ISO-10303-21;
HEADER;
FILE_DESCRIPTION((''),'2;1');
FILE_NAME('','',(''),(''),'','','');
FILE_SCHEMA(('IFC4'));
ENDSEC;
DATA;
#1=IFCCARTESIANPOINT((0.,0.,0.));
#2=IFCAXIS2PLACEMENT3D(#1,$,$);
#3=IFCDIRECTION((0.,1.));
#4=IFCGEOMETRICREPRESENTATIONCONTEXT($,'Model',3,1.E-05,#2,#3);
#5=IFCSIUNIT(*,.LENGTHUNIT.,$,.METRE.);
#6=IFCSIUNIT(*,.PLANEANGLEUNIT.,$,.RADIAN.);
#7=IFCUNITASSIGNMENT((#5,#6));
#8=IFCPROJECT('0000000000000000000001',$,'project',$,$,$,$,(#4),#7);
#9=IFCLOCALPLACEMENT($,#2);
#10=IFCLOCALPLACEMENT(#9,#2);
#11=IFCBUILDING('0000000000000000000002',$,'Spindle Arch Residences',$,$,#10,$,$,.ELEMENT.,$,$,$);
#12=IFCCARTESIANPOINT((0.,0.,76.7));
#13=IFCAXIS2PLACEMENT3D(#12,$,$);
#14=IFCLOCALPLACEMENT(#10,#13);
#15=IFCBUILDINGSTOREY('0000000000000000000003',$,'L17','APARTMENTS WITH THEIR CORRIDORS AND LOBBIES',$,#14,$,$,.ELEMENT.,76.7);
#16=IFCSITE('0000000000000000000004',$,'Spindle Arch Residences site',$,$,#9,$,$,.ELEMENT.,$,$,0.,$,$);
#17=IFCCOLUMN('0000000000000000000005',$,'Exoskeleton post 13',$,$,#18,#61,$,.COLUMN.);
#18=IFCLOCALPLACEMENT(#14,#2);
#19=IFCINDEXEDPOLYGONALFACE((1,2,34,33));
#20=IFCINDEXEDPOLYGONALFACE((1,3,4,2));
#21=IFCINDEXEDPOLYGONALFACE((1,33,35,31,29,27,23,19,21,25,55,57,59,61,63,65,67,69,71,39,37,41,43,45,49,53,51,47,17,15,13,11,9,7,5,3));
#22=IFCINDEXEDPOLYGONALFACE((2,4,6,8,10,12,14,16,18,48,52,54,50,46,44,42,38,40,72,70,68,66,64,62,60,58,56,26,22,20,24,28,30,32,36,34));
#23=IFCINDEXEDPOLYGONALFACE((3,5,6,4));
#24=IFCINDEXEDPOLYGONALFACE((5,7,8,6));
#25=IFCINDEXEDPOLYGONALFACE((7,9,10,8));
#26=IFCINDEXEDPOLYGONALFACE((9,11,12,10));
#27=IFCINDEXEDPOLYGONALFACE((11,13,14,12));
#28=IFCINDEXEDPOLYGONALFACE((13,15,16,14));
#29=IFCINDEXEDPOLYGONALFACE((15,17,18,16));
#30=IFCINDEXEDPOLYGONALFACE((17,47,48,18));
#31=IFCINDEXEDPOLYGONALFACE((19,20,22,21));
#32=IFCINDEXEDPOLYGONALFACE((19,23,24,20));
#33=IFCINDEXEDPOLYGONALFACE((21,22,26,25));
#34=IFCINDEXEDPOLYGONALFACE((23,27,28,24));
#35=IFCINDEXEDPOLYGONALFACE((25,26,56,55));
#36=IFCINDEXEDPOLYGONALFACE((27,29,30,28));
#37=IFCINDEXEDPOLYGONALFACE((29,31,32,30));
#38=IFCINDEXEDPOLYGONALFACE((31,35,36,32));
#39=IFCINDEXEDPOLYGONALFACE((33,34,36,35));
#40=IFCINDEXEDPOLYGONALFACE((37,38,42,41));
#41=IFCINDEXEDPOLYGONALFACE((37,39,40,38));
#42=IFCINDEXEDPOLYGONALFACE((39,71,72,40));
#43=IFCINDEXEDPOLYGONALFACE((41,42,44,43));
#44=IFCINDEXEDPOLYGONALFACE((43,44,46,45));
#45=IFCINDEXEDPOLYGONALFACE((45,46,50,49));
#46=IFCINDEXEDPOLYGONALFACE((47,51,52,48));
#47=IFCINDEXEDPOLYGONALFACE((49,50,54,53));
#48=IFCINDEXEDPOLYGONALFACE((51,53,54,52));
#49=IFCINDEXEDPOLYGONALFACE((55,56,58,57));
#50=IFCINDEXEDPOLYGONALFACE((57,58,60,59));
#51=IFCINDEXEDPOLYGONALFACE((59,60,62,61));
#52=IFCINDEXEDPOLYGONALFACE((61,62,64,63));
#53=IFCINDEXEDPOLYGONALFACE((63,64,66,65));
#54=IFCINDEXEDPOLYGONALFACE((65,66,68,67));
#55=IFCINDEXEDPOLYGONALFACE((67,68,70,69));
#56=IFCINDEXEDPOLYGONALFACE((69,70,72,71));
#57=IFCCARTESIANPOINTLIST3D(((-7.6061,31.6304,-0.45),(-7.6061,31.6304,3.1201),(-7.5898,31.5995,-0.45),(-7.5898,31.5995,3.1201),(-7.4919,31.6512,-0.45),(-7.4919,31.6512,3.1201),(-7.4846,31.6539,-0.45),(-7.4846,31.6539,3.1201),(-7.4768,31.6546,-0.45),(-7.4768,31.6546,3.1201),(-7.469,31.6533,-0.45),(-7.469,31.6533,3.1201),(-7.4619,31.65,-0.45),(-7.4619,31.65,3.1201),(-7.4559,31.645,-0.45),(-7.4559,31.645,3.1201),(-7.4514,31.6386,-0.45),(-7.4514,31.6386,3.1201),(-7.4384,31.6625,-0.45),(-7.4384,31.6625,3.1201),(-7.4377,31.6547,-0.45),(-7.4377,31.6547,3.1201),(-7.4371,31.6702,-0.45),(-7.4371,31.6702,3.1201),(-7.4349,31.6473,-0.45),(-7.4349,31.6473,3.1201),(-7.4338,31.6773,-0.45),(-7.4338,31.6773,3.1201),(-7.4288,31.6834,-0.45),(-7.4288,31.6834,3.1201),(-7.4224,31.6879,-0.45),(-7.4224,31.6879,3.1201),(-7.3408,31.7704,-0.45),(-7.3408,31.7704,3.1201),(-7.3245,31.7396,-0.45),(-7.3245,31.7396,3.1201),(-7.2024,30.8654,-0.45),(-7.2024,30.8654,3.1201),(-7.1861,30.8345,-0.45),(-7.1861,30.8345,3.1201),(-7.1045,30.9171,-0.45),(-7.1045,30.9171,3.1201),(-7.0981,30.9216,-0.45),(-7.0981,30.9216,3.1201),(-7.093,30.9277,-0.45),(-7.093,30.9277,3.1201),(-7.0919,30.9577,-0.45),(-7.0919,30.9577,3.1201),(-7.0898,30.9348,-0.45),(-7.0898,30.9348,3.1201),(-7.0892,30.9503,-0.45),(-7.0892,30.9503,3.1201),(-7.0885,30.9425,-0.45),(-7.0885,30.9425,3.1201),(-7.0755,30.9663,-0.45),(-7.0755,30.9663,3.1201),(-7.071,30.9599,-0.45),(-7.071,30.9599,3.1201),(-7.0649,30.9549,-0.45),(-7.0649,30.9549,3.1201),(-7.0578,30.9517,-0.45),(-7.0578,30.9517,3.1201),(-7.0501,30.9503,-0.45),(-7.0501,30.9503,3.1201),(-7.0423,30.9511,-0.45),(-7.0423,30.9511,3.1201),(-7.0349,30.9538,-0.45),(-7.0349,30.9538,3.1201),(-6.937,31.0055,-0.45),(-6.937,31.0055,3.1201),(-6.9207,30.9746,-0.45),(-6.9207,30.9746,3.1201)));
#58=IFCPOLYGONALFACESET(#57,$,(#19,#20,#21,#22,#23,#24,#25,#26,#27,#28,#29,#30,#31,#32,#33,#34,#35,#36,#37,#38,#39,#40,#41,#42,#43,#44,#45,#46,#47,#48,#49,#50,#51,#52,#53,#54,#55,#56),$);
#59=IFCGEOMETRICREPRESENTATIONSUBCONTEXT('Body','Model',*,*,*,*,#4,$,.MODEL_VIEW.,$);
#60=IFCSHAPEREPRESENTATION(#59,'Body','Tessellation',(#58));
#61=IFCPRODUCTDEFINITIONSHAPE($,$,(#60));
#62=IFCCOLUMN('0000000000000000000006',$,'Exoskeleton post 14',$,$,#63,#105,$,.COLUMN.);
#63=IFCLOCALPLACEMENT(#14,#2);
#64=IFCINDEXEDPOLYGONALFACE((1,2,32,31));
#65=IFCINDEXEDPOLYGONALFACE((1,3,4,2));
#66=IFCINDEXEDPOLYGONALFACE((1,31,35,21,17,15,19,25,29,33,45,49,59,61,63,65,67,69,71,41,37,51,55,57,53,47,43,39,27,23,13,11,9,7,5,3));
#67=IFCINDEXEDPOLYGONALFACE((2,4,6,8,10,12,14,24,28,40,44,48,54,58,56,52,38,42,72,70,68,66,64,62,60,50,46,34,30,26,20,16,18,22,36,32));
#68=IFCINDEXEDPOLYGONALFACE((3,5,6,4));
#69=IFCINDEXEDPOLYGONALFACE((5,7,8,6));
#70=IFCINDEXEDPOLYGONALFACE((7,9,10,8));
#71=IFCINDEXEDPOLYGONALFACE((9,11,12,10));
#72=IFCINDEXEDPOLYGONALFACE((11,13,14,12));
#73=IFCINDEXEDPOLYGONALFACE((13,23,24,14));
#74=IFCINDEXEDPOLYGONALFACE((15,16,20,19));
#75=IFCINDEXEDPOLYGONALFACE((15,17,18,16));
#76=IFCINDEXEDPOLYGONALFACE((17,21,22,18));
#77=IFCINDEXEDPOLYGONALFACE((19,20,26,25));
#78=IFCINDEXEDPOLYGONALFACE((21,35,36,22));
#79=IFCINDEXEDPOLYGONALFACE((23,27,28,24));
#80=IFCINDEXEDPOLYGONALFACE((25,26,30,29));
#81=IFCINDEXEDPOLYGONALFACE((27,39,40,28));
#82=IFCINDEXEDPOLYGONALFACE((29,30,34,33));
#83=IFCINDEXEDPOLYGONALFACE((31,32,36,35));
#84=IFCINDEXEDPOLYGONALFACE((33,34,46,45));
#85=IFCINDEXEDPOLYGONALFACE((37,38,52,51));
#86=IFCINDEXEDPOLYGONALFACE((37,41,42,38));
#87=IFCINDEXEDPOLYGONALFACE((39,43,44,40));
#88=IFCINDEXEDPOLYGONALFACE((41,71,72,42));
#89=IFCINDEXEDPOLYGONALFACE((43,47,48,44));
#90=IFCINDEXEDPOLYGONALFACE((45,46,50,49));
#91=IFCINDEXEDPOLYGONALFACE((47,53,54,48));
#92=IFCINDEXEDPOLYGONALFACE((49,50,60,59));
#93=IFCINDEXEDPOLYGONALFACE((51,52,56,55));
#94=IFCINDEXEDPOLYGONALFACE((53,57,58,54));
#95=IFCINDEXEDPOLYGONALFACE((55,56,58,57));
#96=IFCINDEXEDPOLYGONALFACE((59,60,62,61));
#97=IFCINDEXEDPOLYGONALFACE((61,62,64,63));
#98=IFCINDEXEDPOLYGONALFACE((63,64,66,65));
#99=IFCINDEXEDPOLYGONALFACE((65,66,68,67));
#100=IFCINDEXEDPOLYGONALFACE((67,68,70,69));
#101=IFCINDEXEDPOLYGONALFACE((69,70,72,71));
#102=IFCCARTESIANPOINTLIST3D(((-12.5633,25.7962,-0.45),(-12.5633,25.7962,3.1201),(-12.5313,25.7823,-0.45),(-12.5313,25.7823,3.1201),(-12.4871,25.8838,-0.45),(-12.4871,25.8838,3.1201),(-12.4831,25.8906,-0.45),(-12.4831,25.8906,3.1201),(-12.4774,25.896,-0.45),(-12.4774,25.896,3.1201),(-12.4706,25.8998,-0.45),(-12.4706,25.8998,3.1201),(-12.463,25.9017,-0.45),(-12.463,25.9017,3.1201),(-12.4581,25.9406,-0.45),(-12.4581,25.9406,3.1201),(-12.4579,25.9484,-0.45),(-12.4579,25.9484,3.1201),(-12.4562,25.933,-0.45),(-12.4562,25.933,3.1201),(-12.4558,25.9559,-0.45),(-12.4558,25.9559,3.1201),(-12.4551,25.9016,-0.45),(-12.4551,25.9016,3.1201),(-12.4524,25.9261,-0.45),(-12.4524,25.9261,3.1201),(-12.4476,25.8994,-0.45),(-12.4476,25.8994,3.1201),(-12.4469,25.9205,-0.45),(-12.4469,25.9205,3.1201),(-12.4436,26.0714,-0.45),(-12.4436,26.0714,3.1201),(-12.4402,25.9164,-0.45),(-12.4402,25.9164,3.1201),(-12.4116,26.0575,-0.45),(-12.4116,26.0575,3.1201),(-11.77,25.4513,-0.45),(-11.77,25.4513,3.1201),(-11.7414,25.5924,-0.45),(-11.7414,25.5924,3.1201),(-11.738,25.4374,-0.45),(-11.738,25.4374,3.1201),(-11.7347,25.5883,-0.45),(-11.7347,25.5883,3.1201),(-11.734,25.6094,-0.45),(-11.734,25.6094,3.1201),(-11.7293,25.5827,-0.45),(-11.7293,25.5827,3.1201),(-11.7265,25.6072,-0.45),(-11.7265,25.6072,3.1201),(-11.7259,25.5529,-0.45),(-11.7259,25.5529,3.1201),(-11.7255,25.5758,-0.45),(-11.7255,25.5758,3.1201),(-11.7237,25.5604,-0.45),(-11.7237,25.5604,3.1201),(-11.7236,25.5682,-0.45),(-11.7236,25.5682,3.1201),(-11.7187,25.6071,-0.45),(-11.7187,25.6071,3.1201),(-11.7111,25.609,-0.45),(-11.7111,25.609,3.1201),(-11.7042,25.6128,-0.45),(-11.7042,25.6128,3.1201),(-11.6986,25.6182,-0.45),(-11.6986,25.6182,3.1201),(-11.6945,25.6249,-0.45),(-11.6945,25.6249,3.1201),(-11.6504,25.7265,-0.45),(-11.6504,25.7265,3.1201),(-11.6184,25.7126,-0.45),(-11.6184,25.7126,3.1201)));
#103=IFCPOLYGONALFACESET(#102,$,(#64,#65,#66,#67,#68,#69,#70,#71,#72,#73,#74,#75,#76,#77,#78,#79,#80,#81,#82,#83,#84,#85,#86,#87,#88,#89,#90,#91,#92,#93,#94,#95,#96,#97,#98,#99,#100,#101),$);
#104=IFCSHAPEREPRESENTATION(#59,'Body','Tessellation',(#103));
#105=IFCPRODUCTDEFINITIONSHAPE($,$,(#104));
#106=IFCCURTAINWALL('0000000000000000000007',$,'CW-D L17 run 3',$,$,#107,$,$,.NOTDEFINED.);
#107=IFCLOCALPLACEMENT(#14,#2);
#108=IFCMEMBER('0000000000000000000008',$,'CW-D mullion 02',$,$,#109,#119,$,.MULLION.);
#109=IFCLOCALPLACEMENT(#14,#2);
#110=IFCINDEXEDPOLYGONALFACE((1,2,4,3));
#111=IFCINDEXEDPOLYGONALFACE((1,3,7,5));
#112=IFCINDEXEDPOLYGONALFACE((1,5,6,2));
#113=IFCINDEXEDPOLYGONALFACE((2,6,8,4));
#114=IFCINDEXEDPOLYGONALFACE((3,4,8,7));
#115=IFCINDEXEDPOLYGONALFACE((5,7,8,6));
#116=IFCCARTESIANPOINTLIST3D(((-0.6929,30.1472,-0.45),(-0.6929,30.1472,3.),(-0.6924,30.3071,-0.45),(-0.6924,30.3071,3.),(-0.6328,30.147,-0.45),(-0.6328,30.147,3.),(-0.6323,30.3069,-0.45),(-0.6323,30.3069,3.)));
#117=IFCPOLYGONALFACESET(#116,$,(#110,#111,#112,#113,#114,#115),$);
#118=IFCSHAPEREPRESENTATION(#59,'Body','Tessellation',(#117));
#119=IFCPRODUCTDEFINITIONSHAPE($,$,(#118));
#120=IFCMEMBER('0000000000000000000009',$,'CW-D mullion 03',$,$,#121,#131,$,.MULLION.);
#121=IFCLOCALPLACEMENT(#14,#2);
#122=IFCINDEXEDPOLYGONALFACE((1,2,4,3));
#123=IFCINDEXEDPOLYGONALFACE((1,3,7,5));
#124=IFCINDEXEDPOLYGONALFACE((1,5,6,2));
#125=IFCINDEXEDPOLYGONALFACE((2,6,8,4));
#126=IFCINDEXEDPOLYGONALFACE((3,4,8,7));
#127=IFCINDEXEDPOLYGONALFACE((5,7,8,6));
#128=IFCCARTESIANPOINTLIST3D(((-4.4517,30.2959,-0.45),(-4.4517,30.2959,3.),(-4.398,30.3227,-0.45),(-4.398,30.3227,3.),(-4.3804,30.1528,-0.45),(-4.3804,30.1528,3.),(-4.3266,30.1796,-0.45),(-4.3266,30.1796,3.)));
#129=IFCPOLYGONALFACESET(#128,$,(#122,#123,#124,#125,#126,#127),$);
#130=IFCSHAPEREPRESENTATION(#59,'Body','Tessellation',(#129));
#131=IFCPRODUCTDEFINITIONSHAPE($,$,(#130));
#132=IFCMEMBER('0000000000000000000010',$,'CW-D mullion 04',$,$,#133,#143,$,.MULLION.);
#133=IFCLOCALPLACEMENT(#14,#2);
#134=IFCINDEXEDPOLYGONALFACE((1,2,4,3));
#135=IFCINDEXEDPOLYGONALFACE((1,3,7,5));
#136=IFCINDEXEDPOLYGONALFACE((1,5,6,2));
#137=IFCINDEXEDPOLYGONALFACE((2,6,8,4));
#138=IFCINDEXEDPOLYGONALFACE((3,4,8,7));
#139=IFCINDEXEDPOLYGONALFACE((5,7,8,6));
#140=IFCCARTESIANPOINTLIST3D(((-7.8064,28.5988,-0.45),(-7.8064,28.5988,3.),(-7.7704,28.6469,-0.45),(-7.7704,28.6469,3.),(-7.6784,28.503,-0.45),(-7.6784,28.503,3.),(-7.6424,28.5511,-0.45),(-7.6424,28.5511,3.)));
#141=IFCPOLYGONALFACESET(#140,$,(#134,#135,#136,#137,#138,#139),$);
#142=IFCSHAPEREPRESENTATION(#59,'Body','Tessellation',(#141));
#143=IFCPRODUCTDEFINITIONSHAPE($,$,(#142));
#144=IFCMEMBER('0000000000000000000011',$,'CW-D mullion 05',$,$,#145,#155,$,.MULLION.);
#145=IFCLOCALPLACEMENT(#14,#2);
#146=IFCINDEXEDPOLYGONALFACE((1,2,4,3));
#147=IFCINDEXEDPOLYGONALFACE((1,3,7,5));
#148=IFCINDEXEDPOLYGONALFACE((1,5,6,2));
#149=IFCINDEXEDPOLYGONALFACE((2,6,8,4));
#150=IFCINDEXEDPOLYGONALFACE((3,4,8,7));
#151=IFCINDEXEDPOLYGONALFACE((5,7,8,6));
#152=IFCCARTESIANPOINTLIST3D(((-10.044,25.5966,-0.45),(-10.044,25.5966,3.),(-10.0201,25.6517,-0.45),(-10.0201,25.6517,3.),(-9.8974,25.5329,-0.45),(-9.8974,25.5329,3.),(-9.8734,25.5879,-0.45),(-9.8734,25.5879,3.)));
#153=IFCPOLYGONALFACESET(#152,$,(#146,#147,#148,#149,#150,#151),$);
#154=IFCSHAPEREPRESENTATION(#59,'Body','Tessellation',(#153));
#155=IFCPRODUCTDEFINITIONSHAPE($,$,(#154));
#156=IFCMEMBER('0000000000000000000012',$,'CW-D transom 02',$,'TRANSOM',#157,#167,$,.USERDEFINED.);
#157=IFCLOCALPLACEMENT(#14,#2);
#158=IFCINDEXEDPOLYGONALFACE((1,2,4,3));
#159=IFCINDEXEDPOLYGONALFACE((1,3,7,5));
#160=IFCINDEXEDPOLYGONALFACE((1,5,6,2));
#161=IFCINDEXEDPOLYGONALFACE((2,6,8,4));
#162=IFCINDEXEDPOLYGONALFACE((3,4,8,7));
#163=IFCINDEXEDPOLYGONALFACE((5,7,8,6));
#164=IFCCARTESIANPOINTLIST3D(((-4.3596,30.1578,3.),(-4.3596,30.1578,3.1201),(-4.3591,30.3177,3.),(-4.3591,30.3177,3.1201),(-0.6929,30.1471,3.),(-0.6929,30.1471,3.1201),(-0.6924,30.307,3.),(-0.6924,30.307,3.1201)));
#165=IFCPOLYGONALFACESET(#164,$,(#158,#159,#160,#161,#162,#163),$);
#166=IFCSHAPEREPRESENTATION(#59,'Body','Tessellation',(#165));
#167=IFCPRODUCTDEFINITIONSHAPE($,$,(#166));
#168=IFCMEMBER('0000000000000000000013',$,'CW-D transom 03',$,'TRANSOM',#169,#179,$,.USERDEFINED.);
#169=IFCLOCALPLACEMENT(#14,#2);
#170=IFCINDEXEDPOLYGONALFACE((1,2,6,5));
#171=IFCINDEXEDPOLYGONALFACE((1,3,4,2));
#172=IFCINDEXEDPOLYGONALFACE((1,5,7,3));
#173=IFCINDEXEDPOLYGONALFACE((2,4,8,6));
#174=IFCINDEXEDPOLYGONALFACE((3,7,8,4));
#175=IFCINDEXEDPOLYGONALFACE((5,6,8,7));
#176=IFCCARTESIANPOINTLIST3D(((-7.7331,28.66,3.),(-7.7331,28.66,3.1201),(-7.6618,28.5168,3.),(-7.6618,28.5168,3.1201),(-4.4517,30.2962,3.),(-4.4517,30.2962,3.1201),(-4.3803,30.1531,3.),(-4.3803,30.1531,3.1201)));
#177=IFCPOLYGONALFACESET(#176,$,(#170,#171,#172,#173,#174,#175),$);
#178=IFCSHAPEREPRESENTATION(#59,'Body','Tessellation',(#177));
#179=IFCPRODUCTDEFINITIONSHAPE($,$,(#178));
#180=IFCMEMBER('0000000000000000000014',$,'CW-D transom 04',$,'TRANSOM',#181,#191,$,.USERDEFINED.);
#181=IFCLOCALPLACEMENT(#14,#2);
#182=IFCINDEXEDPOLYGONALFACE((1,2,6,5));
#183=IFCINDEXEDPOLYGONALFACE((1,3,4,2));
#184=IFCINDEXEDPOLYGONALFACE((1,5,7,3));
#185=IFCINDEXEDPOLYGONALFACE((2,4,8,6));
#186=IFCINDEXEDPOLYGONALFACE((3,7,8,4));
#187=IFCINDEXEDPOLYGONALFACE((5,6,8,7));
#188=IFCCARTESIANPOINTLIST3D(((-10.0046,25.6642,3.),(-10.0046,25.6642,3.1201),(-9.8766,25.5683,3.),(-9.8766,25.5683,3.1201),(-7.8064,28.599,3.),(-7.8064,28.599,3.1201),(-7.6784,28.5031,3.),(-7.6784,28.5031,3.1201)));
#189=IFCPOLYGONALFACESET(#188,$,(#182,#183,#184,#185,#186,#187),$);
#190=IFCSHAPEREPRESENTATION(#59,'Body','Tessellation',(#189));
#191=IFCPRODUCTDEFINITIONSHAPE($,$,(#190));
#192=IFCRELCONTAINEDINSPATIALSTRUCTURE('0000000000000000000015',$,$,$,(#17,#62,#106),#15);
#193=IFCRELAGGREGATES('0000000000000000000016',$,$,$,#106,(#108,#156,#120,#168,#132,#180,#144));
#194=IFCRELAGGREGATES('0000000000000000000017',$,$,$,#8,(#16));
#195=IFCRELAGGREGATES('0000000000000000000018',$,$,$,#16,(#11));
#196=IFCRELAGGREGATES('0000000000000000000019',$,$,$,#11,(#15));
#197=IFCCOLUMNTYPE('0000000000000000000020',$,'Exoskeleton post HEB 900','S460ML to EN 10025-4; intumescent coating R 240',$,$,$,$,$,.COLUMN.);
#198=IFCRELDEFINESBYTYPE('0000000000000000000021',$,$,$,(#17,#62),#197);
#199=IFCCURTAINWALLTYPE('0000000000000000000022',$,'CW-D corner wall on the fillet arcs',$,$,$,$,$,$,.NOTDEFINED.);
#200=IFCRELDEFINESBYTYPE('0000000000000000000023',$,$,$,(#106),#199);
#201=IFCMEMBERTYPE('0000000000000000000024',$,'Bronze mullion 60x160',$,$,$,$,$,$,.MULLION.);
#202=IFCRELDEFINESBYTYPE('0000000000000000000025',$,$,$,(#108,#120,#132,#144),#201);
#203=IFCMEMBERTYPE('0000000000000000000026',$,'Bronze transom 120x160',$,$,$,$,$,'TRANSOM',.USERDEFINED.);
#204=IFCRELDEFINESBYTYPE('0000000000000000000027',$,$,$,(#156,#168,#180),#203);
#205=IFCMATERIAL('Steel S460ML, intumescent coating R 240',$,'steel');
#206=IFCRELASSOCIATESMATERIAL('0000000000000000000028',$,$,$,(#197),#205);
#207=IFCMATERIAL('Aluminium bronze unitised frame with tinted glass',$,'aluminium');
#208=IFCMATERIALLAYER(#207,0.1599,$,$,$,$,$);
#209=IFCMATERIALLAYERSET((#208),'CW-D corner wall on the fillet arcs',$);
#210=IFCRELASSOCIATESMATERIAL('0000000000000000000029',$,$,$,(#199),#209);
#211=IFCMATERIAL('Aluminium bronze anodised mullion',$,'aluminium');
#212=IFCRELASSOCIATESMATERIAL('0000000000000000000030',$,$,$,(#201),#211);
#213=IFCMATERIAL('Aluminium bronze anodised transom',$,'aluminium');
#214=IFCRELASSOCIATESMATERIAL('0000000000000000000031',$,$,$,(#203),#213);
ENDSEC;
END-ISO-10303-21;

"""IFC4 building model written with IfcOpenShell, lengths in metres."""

from ifc_helpers import new_model, si_unit, direction, frame, origin, origin_2d, place, context, subcontext, project, spatial, rectangle, i_section, extrude, material, layer, layer_set, material_profile, profile_set, type_object, element, aggregate, save


model = new_model("IFC4")

# Units and contexts
model_context = context("Model", 3, precision=1e-05, world=origin(), true_north=direction((0.0, 1.0)))
body_context = subcontext(model_context, "Body", "Model", "MODEL_VIEW")
ifc_project = project(units=[si_unit("LENGTHUNIT", "METRE"), si_unit("PLANEANGLEUNIT", "RADIAN")], contexts=[model_context])

# Site, building, storey
site_placement = place(None, origin())
site = spatial("IfcSite", under=ifc_project, at=site_placement, Name="Spindle Arch Residences site", CompositionType="ELEMENT", RefElevation=0.0)
building_placement = place(site_placement, origin())
building = spatial("IfcBuilding", under=site, at=building_placement, Name="Spindle Arch Residences", CompositionType="ELEMENT")
storey_placement = place(building_placement, frame((0.0, 0.0, 76.7)))
storey = spatial("IfcBuildingStorey", under=building, at=storey_placement, Name="L17", Description="APARTMENTS WITH THEIR CORRIDORS AND LOBBIES", CompositionType="ELEMENT", Elevation=76.7)

# Columns
ifc_material_1 = material(Name="Steel S460ML, intumescent coating R 240", Category="steel")
ifc_material_profile_1 = material_profile(ifc_material_1, i_section(OverallWidth=0.3, OverallDepth=0.8999, WebThickness=0.0186, FlangeThickness=0.0349, FilletRadius=0.03, at=origin_2d()), Name="HEB 900")
ifc_profile_set_1 = profile_set([ifc_material_profile_1], Name="Steel S460ML, intumescent coating R 240")
column_type = type_object("IfcColumnType", Name="Exoskeleton post HEB 900", Description="S460ML to EN 10025-4; intumescent coating R 240", PredefinedType="COLUMN", material=ifc_profile_set_1)
for number, where, z_axis, x_axis, name in (
    (1, (-7.2634, 31.3025, -0.45), (0.0, 0.0, 1.0), (0.884365, 0.466797, 0.0), "Exoskeleton post 13"),
    (2, (-12.0908, 25.7544, -0.45), (0.0, 0.0, 1.0), (0.398749, 0.91706, 0.0), "Exoskeleton post 14"),
):
    element("IfcColumn", number, at=place(storey_placement, frame(where, z_axis=z_axis, x_axis=x_axis)), inside=storey, type_object=column_type, Name=name, PredefinedType="COLUMN", context=body_context, shape_type="SweptSolid", body=[
        extrude(i_section(OverallWidth=0.3, OverallDepth=0.8999, WebThickness=0.0186, FlangeThickness=0.0349, FilletRadius=0.03, at=origin_2d()), origin(), (0.0, 0.0, 1.0), 3.5701),
    ])

# Curtain wall, members
ifc_material_2 = material(Name="Aluminium bronze unitised frame with tinted glass", Category="aluminium")
ifc_layer_1 = layer(ifc_material_2, 0.1599)
ifc_layer_set_1 = layer_set([ifc_layer_1], Name="CW-D corner wall on the fillet arcs")
curtain_wall_type = type_object("IfcCurtainWallType", Name="CW-D corner wall on the fillet arcs", PredefinedType="NOTDEFINED", material=ifc_layer_set_1)
curtain_wall_placement = place(storey_placement, origin())
curtain_wall = element("IfcCurtainWall", 3, at=curtain_wall_placement, inside=storey, type_object=curtain_wall_type, Name="CW-D L17 run 3", PredefinedType="NOTDEFINED")
ifc_material_3 = material(Name="Aluminium bronze anodised mullion", Category="aluminium")
ifc_material_profile_2 = material_profile(ifc_material_3, rectangle(XDim=0.1599, YDim=0.0601, at=origin_2d()), Name="MU 60x160")
ifc_profile_set_2 = profile_set([ifc_material_profile_2], Name="Aluminium bronze anodised mullion")
member_type_1 = type_object("IfcMemberType", Name="Bronze mullion 60x160", PredefinedType="MULLION", material=ifc_profile_set_2)
member_1_placement = place(storey_placement, frame((-0.6626, 30.2271, -0.45), z_axis=(0.0, 0.0, 1.0), x_axis=(-0.002909, -0.999996, 0.0)))
member_1 = element("IfcMember", 4, at=member_1_placement, type_object=member_type_1, Name="CW-D mullion 02", PredefinedType="MULLION", context=body_context, shape_type="SweptSolid", body=[
    extrude(rectangle(XDim=0.1599, YDim=0.0601, at=origin_2d()), origin(), (0.0, 0.0, 1.0), 3.45),
])
member_2_placement = place(storey_placement, frame((-4.3892, 30.2378, -0.45), z_axis=(0.0, 0.0, 1.0), x_axis=(0.446198, -0.894934, 0.0)))
member_2 = element("IfcMember", 5, at=member_2_placement, type_object=member_type_1, Name="CW-D mullion 03", PredefinedType="MULLION", context=body_context, shape_type="SweptSolid", body=[
    extrude(rectangle(XDim=0.1599, YDim=0.0601, at=origin_2d()), origin(), (0.0, 0.0, 1.0), 3.45),
])
member_3_placement = place(storey_placement, frame((-7.7244, 28.575, -0.45), z_axis=(0.0, 0.0, 1.0), x_axis=(0.800383, -0.599489, 0.0)))
member_3 = element("IfcMember", 6, at=member_3_placement, type_object=member_type_1, Name="CW-D mullion 04", PredefinedType="MULLION", context=body_context, shape_type="SweptSolid", body=[
    extrude(rectangle(XDim=0.1599, YDim=0.0601, at=origin_2d()), origin(), (0.0, 0.0, 1.0), 3.45),
])
member_4_placement = place(storey_placement, frame((-9.9587, 25.5923, -0.45), z_axis=(0.0, 0.0, 1.0), x_axis=(0.91706, -0.398749, 0.0)))
member_4 = element("IfcMember", 7, at=member_4_placement, type_object=member_type_1, Name="CW-D mullion 05", PredefinedType="MULLION", context=body_context, shape_type="SweptSolid", body=[
    extrude(rectangle(XDim=0.1599, YDim=0.0601, at=origin_2d()), origin(), (0.0, 0.0, 1.0), 3.45),
])
ifc_material_4 = material(Name="Aluminium bronze anodised transom", Category="aluminium")
ifc_material_profile_3 = material_profile(ifc_material_4, rectangle(XDim=0.1599, YDim=0.1201, at=origin_2d()), Name="TR 120x160")
ifc_profile_set_3 = profile_set([ifc_material_profile_3], Name="Aluminium bronze anodised transom")
member_type_2 = type_object("IfcMemberType", Name="Bronze transom 120x160", ElementType="TRANSOM", PredefinedType="USERDEFINED", material=ifc_profile_set_3)
member_5_placement = place(storey_placement, frame((-0.6926, 30.2271, 3.0601), z_axis=(-0.999996, 0.00293, 0.0), x_axis=(-0.00293, -0.999996, 0.0)))
member_5 = element("IfcMember", 8, at=member_5_placement, type_object=member_type_2, Name="CW-D transom 02", ObjectType="TRANSOM", PredefinedType="USERDEFINED", context=body_context, shape_type="SweptSolid", body=[
    extrude(rectangle(XDim=0.1599, YDim=0.1201, at=origin_2d()), origin(), (0.0, 0.0, 1.0), 3.6667),
])
member_6_placement = place(storey_placement, frame((-4.416, 30.2246, 3.0601), z_axis=(-0.894919, -0.446228, 0.0), x_axis=(0.446228, -0.894919, 0.0)))
member_6 = element("IfcMember", 9, at=member_6_placement, type_object=member_type_2, Name="CW-D transom 03", ObjectType="TRANSOM", PredefinedType="USERDEFINED", context=body_context, shape_type="SweptSolid", body=[
    extrude(rectangle(XDim=0.1599, YDim=0.1201, at=origin_2d()), origin(), (0.0, 0.0, 1.0), 3.6667),
])
member_7_placement = place(storey_placement, frame((-7.7424, 28.551, 3.0601), z_axis=(-0.599499, -0.800375, 0.0), x_axis=(0.800375, -0.599499, 0.0)))
member_7 = element("IfcMember", 10, at=member_7_placement, type_object=member_type_2, Name="CW-D transom 04", ObjectType="TRANSOM", PredefinedType="USERDEFINED", context=body_context, shape_type="SweptSolid", body=[
    extrude(rectangle(XDim=0.1599, YDim=0.1201, at=origin_2d()), origin(), (0.0, 0.0, 1.0), 3.6667),
])

aggregate(curtain_wall, [member_1, member_5, member_2, member_6, member_3, member_7, member_4])

save(model, "model.ifc")
